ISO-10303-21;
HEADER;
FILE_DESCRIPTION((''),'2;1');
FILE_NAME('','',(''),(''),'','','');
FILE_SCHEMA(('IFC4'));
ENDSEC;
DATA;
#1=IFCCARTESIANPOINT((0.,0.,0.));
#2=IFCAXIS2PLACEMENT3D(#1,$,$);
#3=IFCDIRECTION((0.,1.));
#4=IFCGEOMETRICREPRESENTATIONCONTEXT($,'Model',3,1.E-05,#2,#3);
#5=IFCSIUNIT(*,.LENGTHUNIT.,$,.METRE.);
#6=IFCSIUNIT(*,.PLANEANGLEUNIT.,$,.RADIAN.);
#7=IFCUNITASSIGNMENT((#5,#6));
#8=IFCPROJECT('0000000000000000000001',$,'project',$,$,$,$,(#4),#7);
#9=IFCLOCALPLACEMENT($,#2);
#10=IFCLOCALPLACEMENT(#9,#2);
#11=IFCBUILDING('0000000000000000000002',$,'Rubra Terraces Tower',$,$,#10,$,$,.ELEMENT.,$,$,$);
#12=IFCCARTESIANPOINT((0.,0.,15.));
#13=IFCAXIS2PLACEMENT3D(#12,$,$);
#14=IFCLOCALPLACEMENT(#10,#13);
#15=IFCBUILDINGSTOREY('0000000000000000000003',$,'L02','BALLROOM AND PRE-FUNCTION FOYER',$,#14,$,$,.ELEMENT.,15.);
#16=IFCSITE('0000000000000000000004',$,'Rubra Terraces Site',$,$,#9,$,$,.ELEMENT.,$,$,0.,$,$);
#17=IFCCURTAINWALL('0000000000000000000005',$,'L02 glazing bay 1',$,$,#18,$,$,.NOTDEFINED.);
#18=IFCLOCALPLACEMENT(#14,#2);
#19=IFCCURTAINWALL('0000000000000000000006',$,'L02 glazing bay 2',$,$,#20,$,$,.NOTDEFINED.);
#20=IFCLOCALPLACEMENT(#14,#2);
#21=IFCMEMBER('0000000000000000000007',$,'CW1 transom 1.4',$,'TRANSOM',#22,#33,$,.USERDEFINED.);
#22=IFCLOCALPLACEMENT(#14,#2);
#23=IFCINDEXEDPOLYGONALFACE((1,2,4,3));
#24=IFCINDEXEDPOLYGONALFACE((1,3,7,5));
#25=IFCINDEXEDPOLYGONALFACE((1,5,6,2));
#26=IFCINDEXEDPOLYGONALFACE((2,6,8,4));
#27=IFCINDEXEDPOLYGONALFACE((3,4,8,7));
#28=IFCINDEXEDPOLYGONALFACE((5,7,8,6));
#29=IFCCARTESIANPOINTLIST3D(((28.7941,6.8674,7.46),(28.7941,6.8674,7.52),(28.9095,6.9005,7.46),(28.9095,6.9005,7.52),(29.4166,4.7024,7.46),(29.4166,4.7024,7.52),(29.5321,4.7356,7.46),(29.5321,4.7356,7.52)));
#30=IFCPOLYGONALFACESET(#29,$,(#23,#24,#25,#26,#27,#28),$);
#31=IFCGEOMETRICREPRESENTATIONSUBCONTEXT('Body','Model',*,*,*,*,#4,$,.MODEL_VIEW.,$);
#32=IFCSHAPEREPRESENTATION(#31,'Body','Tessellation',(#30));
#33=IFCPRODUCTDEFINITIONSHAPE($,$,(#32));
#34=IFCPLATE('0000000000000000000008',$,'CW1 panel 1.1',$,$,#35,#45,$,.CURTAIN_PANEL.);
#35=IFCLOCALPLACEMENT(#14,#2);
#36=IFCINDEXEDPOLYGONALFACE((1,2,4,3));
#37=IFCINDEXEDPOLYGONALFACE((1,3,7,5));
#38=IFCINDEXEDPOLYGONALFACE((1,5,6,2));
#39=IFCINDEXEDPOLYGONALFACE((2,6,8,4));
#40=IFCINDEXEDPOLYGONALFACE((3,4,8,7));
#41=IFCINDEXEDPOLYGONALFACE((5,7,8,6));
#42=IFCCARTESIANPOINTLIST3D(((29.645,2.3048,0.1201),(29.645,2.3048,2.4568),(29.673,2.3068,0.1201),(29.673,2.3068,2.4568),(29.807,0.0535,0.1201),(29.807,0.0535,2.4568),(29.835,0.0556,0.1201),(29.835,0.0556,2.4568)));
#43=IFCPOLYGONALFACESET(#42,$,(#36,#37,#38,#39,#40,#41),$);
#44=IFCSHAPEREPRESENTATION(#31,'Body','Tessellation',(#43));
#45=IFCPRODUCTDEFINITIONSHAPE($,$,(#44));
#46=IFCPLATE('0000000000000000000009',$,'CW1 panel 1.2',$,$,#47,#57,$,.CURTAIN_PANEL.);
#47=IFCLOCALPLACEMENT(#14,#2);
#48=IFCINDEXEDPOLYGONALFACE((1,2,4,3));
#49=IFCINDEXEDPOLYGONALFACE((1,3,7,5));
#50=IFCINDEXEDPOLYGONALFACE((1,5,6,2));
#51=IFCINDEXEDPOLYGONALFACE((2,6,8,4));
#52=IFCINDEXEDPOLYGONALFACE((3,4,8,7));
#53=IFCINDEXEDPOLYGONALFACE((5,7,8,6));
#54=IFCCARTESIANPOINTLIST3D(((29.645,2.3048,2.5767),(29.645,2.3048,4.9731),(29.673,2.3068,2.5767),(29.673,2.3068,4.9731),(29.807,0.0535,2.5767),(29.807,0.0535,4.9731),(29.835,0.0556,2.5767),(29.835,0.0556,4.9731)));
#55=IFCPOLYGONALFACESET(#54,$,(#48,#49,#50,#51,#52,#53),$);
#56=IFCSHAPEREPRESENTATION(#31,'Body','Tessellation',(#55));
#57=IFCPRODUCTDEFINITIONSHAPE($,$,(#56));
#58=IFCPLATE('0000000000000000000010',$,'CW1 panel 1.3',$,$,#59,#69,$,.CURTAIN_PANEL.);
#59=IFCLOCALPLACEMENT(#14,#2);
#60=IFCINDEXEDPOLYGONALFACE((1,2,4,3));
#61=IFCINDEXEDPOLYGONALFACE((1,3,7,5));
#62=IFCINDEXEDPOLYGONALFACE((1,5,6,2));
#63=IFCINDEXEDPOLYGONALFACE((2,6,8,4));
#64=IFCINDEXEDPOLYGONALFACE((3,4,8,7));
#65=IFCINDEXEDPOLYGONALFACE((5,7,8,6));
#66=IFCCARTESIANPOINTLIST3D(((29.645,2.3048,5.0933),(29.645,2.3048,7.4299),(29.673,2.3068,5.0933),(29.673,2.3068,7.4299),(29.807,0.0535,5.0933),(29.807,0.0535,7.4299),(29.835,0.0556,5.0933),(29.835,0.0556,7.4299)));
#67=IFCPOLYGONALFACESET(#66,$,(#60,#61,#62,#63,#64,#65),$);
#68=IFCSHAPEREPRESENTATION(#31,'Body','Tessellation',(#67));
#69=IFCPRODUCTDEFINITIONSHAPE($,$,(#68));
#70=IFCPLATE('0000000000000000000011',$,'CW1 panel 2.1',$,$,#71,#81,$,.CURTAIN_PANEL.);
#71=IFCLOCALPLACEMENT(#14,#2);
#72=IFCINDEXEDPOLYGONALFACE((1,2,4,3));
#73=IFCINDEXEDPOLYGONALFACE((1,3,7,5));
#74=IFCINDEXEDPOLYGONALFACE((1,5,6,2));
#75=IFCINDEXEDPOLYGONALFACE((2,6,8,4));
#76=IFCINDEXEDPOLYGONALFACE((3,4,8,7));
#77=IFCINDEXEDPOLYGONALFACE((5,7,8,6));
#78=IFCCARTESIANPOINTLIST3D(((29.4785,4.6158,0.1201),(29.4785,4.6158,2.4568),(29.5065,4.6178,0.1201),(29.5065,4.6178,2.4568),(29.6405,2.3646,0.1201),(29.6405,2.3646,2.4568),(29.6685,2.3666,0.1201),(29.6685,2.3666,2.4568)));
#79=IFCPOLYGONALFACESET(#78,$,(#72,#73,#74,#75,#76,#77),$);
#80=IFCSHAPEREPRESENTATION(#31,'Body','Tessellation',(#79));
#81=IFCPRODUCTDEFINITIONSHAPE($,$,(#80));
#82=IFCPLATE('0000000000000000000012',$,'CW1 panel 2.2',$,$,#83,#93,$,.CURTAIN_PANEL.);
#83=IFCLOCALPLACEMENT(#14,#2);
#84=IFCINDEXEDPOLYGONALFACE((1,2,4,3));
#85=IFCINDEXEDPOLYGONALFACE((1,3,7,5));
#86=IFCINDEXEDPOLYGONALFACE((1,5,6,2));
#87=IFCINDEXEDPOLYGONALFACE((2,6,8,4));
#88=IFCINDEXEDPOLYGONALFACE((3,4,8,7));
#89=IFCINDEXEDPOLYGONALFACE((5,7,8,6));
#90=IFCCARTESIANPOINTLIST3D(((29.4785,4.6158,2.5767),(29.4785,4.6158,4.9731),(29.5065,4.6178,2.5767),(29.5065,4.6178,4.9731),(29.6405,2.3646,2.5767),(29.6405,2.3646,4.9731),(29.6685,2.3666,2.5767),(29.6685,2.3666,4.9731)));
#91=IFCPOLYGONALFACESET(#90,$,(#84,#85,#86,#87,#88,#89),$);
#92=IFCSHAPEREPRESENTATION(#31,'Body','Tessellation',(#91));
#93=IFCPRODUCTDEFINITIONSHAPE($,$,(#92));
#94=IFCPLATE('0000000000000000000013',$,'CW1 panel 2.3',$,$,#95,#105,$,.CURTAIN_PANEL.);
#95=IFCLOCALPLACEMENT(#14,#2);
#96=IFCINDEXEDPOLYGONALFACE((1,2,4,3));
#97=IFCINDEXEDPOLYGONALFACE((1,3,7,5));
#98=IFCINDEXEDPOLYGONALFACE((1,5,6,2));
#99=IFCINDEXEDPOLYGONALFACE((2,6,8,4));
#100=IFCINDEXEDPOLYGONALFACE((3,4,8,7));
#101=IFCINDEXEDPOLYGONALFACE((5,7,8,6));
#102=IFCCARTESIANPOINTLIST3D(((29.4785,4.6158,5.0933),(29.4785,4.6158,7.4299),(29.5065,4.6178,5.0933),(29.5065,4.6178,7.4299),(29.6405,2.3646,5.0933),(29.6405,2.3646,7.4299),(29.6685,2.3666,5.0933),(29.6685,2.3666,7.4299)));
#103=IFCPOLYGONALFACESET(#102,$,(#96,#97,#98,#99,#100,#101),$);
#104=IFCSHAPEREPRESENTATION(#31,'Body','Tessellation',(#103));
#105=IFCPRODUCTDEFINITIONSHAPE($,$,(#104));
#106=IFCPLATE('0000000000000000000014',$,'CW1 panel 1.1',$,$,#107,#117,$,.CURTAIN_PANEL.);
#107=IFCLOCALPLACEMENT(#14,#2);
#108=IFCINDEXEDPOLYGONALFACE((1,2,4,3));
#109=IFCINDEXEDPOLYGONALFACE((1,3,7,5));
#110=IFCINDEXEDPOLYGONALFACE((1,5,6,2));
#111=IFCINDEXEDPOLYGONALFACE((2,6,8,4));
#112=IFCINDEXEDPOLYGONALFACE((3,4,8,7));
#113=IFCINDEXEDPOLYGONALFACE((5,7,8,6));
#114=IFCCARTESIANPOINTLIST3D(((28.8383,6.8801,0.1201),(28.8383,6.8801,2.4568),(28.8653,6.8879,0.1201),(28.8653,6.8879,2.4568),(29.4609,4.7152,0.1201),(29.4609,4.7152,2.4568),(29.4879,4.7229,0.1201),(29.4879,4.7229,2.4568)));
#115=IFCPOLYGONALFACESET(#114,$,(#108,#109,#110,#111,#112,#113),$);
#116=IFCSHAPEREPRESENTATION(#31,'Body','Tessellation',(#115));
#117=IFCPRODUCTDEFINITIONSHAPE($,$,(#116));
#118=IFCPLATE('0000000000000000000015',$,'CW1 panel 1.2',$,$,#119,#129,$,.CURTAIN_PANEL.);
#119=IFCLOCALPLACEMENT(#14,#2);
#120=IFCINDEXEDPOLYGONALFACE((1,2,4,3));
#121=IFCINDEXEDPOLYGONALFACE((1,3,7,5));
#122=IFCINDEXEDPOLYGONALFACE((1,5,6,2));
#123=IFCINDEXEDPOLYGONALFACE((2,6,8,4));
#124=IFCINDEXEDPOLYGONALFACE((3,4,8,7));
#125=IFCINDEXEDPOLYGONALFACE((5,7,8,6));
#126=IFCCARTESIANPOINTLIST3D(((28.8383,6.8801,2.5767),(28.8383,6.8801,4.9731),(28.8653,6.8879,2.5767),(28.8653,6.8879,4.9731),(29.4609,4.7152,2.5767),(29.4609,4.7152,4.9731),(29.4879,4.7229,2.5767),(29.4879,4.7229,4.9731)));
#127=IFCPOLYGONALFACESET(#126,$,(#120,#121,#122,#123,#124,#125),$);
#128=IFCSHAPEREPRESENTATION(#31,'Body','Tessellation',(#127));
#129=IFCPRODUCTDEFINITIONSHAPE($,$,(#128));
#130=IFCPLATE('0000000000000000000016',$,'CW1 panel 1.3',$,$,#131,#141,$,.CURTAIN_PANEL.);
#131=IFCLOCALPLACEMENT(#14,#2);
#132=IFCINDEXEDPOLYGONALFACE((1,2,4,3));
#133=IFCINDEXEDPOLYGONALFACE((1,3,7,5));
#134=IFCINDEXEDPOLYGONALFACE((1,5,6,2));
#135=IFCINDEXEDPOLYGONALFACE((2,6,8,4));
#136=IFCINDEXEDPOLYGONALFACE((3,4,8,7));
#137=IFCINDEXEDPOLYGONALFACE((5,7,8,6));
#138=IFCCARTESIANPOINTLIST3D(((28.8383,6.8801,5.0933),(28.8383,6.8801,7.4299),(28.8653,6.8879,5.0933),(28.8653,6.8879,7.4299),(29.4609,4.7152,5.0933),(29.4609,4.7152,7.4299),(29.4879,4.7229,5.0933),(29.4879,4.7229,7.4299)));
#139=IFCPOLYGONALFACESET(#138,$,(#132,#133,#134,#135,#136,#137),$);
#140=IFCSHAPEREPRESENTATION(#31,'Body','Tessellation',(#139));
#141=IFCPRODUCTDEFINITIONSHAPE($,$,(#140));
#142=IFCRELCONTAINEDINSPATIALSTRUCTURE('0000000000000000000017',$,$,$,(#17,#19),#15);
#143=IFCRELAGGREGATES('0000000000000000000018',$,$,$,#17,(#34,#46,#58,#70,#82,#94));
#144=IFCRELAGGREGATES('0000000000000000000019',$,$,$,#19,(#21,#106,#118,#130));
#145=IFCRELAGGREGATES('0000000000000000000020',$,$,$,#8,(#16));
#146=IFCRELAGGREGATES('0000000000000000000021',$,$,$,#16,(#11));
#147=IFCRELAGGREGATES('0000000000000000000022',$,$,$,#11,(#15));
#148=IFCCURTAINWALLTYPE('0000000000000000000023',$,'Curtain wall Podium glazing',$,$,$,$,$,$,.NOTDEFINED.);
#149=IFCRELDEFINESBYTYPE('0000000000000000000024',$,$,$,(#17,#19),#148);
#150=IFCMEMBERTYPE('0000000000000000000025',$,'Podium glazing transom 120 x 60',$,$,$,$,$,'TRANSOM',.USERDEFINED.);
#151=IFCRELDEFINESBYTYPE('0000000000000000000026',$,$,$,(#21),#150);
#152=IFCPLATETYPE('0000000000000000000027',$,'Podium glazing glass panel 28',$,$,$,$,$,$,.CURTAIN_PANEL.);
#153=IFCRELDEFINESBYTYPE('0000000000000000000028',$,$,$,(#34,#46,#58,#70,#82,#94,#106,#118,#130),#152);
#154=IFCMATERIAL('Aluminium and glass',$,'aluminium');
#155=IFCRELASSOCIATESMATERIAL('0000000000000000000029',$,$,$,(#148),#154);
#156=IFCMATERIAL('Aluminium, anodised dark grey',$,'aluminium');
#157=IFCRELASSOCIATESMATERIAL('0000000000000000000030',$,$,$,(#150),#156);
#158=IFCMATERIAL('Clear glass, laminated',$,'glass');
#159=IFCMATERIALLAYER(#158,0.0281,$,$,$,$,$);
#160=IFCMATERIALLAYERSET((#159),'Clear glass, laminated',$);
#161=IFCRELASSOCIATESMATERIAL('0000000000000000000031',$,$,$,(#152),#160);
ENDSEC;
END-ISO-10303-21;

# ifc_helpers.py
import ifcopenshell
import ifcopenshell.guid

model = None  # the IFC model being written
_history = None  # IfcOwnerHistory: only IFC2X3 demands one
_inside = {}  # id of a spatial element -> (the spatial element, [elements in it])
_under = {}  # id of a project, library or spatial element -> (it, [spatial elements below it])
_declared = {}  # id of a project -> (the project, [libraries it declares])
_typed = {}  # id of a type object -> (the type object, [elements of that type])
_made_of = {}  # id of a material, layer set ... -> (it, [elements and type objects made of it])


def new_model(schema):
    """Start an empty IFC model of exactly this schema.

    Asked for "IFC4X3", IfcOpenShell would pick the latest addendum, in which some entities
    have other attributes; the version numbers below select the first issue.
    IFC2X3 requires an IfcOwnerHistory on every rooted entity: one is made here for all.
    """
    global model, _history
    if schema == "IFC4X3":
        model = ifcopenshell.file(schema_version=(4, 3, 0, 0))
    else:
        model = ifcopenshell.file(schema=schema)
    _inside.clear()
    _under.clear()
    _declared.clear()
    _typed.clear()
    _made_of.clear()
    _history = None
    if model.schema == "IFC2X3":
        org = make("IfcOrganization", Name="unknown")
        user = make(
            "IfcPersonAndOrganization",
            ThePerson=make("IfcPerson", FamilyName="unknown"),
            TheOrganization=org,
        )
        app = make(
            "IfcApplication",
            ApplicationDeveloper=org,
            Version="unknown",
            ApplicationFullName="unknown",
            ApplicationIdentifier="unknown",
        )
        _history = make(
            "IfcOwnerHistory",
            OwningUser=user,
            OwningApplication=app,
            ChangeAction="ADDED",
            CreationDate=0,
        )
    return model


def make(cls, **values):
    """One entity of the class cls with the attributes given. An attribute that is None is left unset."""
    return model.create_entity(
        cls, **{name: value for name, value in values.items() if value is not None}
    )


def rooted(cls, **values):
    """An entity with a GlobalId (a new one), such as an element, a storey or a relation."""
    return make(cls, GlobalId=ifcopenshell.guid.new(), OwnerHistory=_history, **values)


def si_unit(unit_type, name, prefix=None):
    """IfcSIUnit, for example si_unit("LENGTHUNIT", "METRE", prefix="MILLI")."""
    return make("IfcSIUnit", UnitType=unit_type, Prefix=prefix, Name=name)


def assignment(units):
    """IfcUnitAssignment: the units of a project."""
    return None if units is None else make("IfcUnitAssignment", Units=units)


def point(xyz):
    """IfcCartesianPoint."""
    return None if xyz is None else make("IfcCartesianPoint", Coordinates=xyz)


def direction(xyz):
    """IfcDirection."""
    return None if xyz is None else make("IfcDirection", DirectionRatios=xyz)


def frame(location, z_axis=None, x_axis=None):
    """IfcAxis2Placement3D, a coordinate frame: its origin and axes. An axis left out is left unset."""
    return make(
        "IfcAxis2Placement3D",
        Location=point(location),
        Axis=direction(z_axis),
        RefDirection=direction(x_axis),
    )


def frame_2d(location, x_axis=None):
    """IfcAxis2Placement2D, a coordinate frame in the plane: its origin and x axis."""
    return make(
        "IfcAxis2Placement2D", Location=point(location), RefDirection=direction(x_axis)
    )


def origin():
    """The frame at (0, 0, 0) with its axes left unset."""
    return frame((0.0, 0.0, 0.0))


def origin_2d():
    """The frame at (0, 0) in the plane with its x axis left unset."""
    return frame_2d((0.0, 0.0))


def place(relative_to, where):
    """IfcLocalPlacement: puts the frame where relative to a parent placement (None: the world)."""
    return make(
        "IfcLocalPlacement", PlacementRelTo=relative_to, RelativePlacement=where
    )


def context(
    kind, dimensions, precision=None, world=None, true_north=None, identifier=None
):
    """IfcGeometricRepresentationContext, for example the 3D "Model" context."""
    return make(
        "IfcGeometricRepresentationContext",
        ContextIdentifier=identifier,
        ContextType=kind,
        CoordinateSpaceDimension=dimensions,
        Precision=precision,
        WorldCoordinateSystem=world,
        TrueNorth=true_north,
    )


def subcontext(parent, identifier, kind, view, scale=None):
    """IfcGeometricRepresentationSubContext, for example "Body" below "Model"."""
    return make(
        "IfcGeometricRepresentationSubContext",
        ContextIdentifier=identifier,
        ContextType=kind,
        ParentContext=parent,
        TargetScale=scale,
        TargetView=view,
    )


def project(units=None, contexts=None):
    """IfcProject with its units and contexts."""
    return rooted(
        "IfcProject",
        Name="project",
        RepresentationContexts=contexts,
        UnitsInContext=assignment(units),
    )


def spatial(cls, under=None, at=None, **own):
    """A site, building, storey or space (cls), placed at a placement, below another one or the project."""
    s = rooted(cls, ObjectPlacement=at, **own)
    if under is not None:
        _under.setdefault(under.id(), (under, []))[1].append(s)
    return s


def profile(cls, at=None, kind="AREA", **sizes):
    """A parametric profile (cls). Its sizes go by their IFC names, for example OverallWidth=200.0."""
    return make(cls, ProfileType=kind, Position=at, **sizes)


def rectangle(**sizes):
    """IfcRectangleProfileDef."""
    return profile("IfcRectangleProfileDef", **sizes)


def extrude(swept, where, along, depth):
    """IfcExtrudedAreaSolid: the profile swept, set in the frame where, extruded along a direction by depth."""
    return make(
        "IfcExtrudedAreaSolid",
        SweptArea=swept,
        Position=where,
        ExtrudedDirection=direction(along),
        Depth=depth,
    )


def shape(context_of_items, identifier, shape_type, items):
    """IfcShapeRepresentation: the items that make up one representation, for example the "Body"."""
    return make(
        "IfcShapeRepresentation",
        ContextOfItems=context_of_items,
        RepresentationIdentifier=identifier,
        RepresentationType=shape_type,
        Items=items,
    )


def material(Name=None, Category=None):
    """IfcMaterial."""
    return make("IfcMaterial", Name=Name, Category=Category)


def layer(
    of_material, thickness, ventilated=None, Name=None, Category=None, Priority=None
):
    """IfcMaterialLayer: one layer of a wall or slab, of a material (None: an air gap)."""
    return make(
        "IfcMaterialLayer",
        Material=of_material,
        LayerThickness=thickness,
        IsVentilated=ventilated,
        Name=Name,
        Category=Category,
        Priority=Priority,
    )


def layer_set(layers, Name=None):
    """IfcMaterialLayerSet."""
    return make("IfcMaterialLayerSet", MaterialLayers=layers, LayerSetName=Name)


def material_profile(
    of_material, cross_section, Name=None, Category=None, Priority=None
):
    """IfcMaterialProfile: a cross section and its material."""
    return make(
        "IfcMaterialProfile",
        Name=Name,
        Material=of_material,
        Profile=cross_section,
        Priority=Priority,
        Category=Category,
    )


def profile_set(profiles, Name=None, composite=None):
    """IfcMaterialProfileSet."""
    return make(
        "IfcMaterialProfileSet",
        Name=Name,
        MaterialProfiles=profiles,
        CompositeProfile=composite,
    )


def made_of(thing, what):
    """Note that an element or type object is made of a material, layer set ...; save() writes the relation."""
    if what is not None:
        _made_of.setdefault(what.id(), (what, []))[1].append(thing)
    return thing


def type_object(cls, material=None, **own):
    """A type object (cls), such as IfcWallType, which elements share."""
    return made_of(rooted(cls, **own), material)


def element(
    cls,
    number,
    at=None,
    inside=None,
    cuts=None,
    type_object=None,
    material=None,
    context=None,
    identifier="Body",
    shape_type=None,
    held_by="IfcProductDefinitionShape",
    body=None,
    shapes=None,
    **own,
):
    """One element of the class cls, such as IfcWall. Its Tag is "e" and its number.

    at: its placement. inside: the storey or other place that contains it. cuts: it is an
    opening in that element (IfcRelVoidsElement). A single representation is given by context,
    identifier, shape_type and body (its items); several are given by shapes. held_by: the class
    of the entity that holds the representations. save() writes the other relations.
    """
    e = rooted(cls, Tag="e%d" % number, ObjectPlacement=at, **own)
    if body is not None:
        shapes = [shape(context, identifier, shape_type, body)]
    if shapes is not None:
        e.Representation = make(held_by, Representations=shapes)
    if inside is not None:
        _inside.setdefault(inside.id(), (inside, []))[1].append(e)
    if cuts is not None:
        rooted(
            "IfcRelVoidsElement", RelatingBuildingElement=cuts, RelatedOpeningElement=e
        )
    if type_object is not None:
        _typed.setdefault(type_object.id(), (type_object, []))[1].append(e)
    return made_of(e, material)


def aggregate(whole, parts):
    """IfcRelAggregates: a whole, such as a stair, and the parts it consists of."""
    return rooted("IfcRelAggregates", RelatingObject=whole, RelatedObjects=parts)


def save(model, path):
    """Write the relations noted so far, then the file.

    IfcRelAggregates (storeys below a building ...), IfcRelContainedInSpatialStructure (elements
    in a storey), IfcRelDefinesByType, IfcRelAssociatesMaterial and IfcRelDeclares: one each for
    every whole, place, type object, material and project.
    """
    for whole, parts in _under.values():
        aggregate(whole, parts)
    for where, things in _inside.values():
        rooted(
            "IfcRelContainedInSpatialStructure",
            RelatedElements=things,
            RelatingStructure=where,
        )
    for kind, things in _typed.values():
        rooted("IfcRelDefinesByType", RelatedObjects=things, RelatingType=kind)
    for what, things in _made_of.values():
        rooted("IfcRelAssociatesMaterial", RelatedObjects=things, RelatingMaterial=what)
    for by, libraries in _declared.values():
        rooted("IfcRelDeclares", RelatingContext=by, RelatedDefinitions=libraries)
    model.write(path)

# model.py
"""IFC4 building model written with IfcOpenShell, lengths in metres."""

from ifc_helpers import new_model, si_unit, direction, frame, origin, origin_2d, place, context, subcontext, project, spatial, rectangle, extrude, material, layer, layer_set, material_profile, profile_set, type_object, element, aggregate, save


model = new_model("IFC4")

# Units and contexts
model_context = context("Model", 3, precision=1e-05, world=origin(), true_north=direction((0.0, 1.0)))
body_context = subcontext(model_context, "Body", "Model", "MODEL_VIEW")
ifc_project = project(units=[si_unit("LENGTHUNIT", "METRE"), si_unit("PLANEANGLEUNIT", "RADIAN")], contexts=[model_context])

# Site, building, storey
site_placement = place(None, origin())
site = spatial("IfcSite", under=ifc_project, at=site_placement, Name="Rubra Terraces Site", CompositionType="ELEMENT", RefElevation=0.0)
building_placement = place(site_placement, origin())
building = spatial("IfcBuilding", under=site, at=building_placement, Name="Rubra Terraces Tower", CompositionType="ELEMENT")
storey_placement = place(building_placement, frame((0.0, 0.0, 15.0)))
storey = spatial("IfcBuildingStorey", under=building, at=storey_placement, Name="L02", Description="BALLROOM AND PRE-FUNCTION FOYER", CompositionType="ELEMENT", Elevation=15.0)

# Curtain wall
ifc_material_1 = material(Name="Aluminium and glass", Category="aluminium")
curtain_wall_type = type_object("IfcCurtainWallType", Name="Curtain wall Podium glazing", PredefinedType="NOTDEFINED", material=ifc_material_1)
curtain_wall_1_placement = place(storey_placement, origin())
curtain_wall_1 = element("IfcCurtainWall", 1, at=curtain_wall_1_placement, inside=storey, type_object=curtain_wall_type, Name="L02 glazing bay 1", PredefinedType="NOTDEFINED")
ifc_material_2 = material(Name="Aluminium, anodised dark grey", Category="aluminium")

# Curtain wall
curtain_wall_2_placement = place(storey_placement, origin())
curtain_wall_2 = element("IfcCurtainWall", 2, at=curtain_wall_2_placement, inside=storey, type_object=curtain_wall_type, Name="L02 glazing bay 2", PredefinedType="NOTDEFINED")

# Member
ifc_material_profile_1 = material_profile(ifc_material_2, rectangle(XDim=0.1201, YDim=0.0601, at=origin_2d()), Name="AL 120x60")
ifc_profile_set_1 = profile_set([ifc_material_profile_1], Name="Aluminium, anodised dark grey")
member_type_1 = type_object("IfcMemberType", Name="Podium glazing transom 120 x 60", ElementType="TRANSOM", PredefinedType="USERDEFINED", material=ifc_profile_set_1)
member_1_placement = place(storey_placement, frame((29.4744, 4.719, 7.49), z_axis=(-0.276352, 0.961056, 0.0), x_axis=(-0.961056, -0.276352, 0.0)))
member_1 = element("IfcMember", 3, at=member_1_placement, type_object=member_type_1, Name="CW1 transom 1.4", ObjectType="TRANSOM", PredefinedType="USERDEFINED", context=body_context, shape_type="SweptSolid", body=[
    extrude(rectangle(XDim=0.1201, YDim=0.0601, at=origin_2d()), origin(), (0.0, 0.0, 1.0), 2.2527),
])

# Plates
ifc_material_3 = material(Name="Clear glass, laminated", Category="glass")
ifc_layer = layer(ifc_material_3, 0.0281)
ifc_layer_set = layer_set([ifc_layer], Name="Clear glass, laminated")
plate_type = type_object("IfcPlateType", Name="Podium glazing glass panel 28", PredefinedType="CURTAIN_PANEL", material=ifc_layer_set)
plate_1_placement = place(storey_placement, frame((29.74, 1.1802, 0.1201), z_axis=(0.0, 0.0, 1.0), x_axis=(-0.071792, 0.99742, 0.0)))
plate_1 = element("IfcPlate", 4, at=plate_1_placement, type_object=plate_type, Name="CW1 panel 1.1", PredefinedType="CURTAIN_PANEL", context=body_context, shape_type="SweptSolid", body=[
    extrude(rectangle(XDim=2.2571, YDim=0.0281, at=origin_2d()), origin(), (0.0, 0.0, 1.0), 2.3367),
])
plate_2_placement = place(storey_placement, frame((29.74, 1.1802, 2.5767), z_axis=(0.0, 0.0, 1.0), x_axis=(-0.071792, 0.99742, 0.0)))
plate_2 = element("IfcPlate", 5, at=plate_2_placement, type_object=plate_type, Name="CW1 panel 1.2", PredefinedType="CURTAIN_PANEL", context=body_context, shape_type="SweptSolid", body=[
    extrude(rectangle(XDim=2.2571, YDim=0.0281, at=origin_2d()), origin(), (0.0, 0.0, 1.0), 2.3965),
])
plate_3_placement = place(storey_placement, frame((29.74, 1.1802, 5.0933), z_axis=(0.0, 0.0, 1.0), x_axis=(-0.071792, 0.99742, 0.0)))
plate_3 = element("IfcPlate", 6, at=plate_3_placement, type_object=plate_type, Name="CW1 panel 1.3", PredefinedType="CURTAIN_PANEL", context=body_context, shape_type="SweptSolid", body=[
    extrude(rectangle(XDim=2.2571, YDim=0.0281, at=origin_2d()), origin(), (0.0, 0.0, 1.0), 2.3367),
])
plate_4_placement = place(storey_placement, frame((29.5735, 3.4912, 0.1201), z_axis=(0.0, 0.0, 1.0), x_axis=(-0.071792, 0.99742, 0.0)))
plate_4 = element("IfcPlate", 7, at=plate_4_placement, type_object=plate_type, Name="CW1 panel 2.1", PredefinedType="CURTAIN_PANEL", context=body_context, shape_type="SweptSolid", body=[
    extrude(rectangle(XDim=2.2571, YDim=0.0281, at=origin_2d()), origin(), (0.0, 0.0, 1.0), 2.3367),
])
plate_5_placement = place(storey_placement, frame((29.5735, 3.4912, 2.5767), z_axis=(0.0, 0.0, 1.0), x_axis=(-0.071792, 0.99742, 0.0)))
plate_5 = element("IfcPlate", 8, at=plate_5_placement, type_object=plate_type, Name="CW1 panel 2.2", PredefinedType="CURTAIN_PANEL", context=body_context, shape_type="SweptSolid", body=[
    extrude(rectangle(XDim=2.2571, YDim=0.0281, at=origin_2d()), origin(), (0.0, 0.0, 1.0), 2.3965),
])
plate_6_placement = place(storey_placement, frame((29.5735, 3.4912, 5.0933), z_axis=(0.0, 0.0, 1.0), x_axis=(-0.071792, 0.99742, 0.0)))
plate_6 = element("IfcPlate", 9, at=plate_6_placement, type_object=plate_type, Name="CW1 panel 2.3", PredefinedType="CURTAIN_PANEL", context=body_context, shape_type="SweptSolid", body=[
    extrude(rectangle(XDim=2.2571, YDim=0.0281, at=origin_2d()), origin(), (0.0, 0.0, 1.0), 2.3367),
])
aggregate(curtain_wall_1, [plate_1, plate_2, plate_3, plate_4, plate_5, plate_6])
plate_7_placement = place(storey_placement, frame((29.1631, 5.8015, 0.1201), z_axis=(0.0, 0.0, 1.0), x_axis=(-0.276384, 0.961047, 0.0)))
plate_7 = element("IfcPlate", 10, at=plate_7_placement, type_object=plate_type, Name="CW1 panel 1.1", PredefinedType="CURTAIN_PANEL", context=body_context, shape_type="SweptSolid", body=[
    extrude(rectangle(XDim=2.2527, YDim=0.0281, at=origin_2d()), origin(), (0.0, 0.0, 1.0), 2.3367),
])
plate_8_placement = place(storey_placement, frame((29.1631, 5.8015, 2.5767), z_axis=(0.0, 0.0, 1.0), x_axis=(-0.276384, 0.961047, 0.0)))
plate_8 = element("IfcPlate", 11, at=plate_8_placement, type_object=plate_type, Name="CW1 panel 1.2", PredefinedType="CURTAIN_PANEL", context=body_context, shape_type="SweptSolid", body=[
    extrude(rectangle(XDim=2.2527, YDim=0.0281, at=origin_2d()), origin(), (0.0, 0.0, 1.0), 2.3965),
])
plate_9_placement = place(storey_placement, frame((29.1631, 5.8015, 5.0933), z_axis=(0.0, 0.0, 1.0), x_axis=(-0.276384, 0.961047, 0.0)))
plate_9 = element("IfcPlate", 12, at=plate_9_placement, type_object=plate_type, Name="CW1 panel 1.3", PredefinedType="CURTAIN_PANEL", context=body_context, shape_type="SweptSolid", body=[
    extrude(rectangle(XDim=2.2527, YDim=0.0281, at=origin_2d()), origin(), (0.0, 0.0, 1.0), 2.3367),
])
aggregate(curtain_wall_2, [member_1, plate_7, plate_8, plate_9])

save(model, "model.ifc")
